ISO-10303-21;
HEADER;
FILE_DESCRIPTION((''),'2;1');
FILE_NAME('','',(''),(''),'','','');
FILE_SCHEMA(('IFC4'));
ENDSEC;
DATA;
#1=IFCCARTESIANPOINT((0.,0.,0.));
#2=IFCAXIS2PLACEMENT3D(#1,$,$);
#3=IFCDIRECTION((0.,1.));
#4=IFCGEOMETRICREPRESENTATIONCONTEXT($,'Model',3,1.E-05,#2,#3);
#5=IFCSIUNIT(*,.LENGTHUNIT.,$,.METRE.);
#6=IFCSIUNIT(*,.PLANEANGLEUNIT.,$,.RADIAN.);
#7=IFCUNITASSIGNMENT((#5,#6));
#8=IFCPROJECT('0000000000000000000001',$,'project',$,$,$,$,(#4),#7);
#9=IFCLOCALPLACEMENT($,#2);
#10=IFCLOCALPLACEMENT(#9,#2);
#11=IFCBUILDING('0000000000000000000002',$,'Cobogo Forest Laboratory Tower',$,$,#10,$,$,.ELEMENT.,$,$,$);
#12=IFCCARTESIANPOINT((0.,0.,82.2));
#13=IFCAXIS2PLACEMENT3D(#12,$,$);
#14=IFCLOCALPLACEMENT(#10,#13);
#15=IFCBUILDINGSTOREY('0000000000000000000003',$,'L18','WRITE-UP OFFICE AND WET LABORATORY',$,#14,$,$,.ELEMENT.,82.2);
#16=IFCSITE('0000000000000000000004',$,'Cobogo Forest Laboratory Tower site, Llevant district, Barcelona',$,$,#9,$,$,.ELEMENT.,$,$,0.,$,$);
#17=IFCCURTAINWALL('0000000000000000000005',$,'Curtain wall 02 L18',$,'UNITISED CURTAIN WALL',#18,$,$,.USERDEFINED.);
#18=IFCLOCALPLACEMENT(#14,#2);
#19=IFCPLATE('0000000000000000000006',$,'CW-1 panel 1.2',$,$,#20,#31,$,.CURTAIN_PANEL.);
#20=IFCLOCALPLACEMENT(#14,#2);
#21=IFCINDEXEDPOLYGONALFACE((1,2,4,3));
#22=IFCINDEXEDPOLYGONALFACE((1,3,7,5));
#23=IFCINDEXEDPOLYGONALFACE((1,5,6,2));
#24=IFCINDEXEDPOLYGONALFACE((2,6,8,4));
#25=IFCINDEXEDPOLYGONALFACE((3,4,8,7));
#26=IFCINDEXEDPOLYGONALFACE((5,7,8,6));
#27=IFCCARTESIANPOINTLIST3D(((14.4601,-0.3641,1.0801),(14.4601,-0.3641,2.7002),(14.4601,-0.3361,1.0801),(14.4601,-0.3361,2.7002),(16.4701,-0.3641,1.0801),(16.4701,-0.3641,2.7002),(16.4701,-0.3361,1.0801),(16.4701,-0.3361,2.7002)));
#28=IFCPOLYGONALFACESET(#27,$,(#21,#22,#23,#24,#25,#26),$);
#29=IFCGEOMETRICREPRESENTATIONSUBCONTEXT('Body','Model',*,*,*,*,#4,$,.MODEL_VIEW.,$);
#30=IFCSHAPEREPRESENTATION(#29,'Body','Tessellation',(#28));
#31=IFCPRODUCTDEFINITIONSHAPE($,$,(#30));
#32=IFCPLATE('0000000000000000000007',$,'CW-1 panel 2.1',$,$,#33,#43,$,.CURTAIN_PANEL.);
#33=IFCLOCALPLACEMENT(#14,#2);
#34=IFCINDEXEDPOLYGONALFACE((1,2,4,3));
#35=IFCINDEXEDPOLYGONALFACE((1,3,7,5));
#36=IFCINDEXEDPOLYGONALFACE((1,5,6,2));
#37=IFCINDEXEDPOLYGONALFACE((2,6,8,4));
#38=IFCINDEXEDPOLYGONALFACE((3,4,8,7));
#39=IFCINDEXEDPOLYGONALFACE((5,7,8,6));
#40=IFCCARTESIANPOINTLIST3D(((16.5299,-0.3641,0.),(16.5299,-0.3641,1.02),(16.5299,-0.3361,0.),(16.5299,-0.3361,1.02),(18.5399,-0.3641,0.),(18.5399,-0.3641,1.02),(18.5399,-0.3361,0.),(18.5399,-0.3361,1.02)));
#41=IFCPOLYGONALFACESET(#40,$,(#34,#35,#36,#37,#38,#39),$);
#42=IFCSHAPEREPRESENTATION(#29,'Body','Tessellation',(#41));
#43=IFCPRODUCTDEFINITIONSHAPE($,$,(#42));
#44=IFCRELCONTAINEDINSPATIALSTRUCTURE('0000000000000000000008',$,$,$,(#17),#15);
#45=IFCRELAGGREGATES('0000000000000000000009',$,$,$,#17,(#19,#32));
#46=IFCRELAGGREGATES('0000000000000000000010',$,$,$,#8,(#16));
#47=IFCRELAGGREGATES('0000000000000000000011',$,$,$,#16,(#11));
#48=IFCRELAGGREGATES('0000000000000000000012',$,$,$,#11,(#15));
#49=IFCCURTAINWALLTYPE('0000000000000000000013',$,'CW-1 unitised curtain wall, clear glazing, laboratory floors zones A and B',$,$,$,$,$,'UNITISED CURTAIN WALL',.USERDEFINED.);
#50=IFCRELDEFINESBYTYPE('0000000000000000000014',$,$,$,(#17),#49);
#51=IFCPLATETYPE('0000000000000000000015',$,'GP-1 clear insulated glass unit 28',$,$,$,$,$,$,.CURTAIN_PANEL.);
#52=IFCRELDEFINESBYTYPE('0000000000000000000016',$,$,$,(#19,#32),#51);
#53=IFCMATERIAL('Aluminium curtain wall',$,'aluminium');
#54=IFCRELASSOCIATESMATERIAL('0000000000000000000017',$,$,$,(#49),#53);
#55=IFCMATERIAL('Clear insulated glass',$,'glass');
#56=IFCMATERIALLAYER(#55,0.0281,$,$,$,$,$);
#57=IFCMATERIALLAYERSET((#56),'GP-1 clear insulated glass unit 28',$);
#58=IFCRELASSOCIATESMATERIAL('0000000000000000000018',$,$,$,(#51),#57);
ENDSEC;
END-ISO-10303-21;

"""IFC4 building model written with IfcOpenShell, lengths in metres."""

from ifc_helpers import new_model, si_unit, direction, frame, origin, origin_2d, place, context, subcontext, project, spatial, rectangle, extrude, material, layer, layer_set, type_object, element, aggregate, save


model = new_model("IFC4")

# Units and contexts
model_context = context("Model", 3, precision=1e-05, world=origin(), true_north=direction((0.0, 1.0)))
body_context = subcontext(model_context, "Body", "Model", "MODEL_VIEW")
ifc_project = project(units=[si_unit("LENGTHUNIT", "METRE"), si_unit("PLANEANGLEUNIT", "RADIAN")], contexts=[model_context])

# Site, building, storey
site_placement = place(None, origin())
site = spatial("IfcSite", under=ifc_project, at=site_placement, Name="Cobogo Forest Laboratory Tower site, Llevant district, Barcelona", CompositionType="ELEMENT", RefElevation=0.0)
building_placement = place(site_placement, origin())
building = spatial("IfcBuilding", under=site, at=building_placement, Name="Cobogo Forest Laboratory Tower", CompositionType="ELEMENT")
storey_placement = place(building_placement, frame((0.0, 0.0, 82.2)))
storey = spatial("IfcBuildingStorey", under=building, at=storey_placement, Name="L18", Description="WRITE-UP OFFICE AND WET LABORATORY", CompositionType="ELEMENT", Elevation=82.2)

# Curtain wall
ifc_material_1 = material(Name="Aluminium curtain wall", Category="aluminium")
curtain_wall_type = type_object("IfcCurtainWallType", Name="CW-1 unitised curtain wall, clear glazing, laboratory floors zones A and B", ElementType="UNITISED CURTAIN WALL", PredefinedType="USERDEFINED", material=ifc_material_1)
curtain_wall_1_placement = place(storey_placement, origin())
curtain_wall_1 = element("IfcCurtainWall", 1, at=curtain_wall_1_placement, inside=storey, type_object=curtain_wall_type, Name="Curtain wall 02 L18", ObjectType="UNITISED CURTAIN WALL", PredefinedType="USERDEFINED")

# Plates
ifc_material_2 = material(Name="Clear insulated glass", Category="glass")
ifc_layer = layer(ifc_material_2, 0.0281)
ifc_layer_set = layer_set([ifc_layer], Name="GP-1 clear insulated glass unit 28")
plate_type_1 = type_object("IfcPlateType", Name="GP-1 clear insulated glass unit 28", PredefinedType="CURTAIN_PANEL", material=ifc_layer_set)
plate_1_placement = place(storey_placement, frame((15.4651, -0.3501, 1.0801), z_axis=(0.0, 0.0, 1.0), x_axis=(1.0, 0.0, 0.0)))
plate_1 = element("IfcPlate", 2, at=plate_1_placement, type_object=plate_type_1, Name="CW-1 panel 1.2", PredefinedType="CURTAIN_PANEL", context=body_context, shape_type="SweptSolid", body=[
    extrude(rectangle(XDim=2.01, YDim=0.0281, at=origin_2d()), origin(), (0.0, 0.0, 1.0), 1.6201),
])
plate_2_placement = place(storey_placement, frame((17.5349, -0.3501, 0.0), z_axis=(0.0, 0.0, 1.0), x_axis=(1.0, 0.0, 0.0)))
plate_2 = element("IfcPlate", 3, at=plate_2_placement, type_object=plate_type_1, Name="CW-1 panel 2.1", PredefinedType="CURTAIN_PANEL", context=body_context, shape_type="SweptSolid", body=[
    extrude(rectangle(XDim=2.01, YDim=0.0281, at=origin_2d()), origin(), (0.0, 0.0, 1.0), 1.02),
])
aggregate(curtain_wall_1, [plate_1, plate_2])

save(model, "model.ifc")
